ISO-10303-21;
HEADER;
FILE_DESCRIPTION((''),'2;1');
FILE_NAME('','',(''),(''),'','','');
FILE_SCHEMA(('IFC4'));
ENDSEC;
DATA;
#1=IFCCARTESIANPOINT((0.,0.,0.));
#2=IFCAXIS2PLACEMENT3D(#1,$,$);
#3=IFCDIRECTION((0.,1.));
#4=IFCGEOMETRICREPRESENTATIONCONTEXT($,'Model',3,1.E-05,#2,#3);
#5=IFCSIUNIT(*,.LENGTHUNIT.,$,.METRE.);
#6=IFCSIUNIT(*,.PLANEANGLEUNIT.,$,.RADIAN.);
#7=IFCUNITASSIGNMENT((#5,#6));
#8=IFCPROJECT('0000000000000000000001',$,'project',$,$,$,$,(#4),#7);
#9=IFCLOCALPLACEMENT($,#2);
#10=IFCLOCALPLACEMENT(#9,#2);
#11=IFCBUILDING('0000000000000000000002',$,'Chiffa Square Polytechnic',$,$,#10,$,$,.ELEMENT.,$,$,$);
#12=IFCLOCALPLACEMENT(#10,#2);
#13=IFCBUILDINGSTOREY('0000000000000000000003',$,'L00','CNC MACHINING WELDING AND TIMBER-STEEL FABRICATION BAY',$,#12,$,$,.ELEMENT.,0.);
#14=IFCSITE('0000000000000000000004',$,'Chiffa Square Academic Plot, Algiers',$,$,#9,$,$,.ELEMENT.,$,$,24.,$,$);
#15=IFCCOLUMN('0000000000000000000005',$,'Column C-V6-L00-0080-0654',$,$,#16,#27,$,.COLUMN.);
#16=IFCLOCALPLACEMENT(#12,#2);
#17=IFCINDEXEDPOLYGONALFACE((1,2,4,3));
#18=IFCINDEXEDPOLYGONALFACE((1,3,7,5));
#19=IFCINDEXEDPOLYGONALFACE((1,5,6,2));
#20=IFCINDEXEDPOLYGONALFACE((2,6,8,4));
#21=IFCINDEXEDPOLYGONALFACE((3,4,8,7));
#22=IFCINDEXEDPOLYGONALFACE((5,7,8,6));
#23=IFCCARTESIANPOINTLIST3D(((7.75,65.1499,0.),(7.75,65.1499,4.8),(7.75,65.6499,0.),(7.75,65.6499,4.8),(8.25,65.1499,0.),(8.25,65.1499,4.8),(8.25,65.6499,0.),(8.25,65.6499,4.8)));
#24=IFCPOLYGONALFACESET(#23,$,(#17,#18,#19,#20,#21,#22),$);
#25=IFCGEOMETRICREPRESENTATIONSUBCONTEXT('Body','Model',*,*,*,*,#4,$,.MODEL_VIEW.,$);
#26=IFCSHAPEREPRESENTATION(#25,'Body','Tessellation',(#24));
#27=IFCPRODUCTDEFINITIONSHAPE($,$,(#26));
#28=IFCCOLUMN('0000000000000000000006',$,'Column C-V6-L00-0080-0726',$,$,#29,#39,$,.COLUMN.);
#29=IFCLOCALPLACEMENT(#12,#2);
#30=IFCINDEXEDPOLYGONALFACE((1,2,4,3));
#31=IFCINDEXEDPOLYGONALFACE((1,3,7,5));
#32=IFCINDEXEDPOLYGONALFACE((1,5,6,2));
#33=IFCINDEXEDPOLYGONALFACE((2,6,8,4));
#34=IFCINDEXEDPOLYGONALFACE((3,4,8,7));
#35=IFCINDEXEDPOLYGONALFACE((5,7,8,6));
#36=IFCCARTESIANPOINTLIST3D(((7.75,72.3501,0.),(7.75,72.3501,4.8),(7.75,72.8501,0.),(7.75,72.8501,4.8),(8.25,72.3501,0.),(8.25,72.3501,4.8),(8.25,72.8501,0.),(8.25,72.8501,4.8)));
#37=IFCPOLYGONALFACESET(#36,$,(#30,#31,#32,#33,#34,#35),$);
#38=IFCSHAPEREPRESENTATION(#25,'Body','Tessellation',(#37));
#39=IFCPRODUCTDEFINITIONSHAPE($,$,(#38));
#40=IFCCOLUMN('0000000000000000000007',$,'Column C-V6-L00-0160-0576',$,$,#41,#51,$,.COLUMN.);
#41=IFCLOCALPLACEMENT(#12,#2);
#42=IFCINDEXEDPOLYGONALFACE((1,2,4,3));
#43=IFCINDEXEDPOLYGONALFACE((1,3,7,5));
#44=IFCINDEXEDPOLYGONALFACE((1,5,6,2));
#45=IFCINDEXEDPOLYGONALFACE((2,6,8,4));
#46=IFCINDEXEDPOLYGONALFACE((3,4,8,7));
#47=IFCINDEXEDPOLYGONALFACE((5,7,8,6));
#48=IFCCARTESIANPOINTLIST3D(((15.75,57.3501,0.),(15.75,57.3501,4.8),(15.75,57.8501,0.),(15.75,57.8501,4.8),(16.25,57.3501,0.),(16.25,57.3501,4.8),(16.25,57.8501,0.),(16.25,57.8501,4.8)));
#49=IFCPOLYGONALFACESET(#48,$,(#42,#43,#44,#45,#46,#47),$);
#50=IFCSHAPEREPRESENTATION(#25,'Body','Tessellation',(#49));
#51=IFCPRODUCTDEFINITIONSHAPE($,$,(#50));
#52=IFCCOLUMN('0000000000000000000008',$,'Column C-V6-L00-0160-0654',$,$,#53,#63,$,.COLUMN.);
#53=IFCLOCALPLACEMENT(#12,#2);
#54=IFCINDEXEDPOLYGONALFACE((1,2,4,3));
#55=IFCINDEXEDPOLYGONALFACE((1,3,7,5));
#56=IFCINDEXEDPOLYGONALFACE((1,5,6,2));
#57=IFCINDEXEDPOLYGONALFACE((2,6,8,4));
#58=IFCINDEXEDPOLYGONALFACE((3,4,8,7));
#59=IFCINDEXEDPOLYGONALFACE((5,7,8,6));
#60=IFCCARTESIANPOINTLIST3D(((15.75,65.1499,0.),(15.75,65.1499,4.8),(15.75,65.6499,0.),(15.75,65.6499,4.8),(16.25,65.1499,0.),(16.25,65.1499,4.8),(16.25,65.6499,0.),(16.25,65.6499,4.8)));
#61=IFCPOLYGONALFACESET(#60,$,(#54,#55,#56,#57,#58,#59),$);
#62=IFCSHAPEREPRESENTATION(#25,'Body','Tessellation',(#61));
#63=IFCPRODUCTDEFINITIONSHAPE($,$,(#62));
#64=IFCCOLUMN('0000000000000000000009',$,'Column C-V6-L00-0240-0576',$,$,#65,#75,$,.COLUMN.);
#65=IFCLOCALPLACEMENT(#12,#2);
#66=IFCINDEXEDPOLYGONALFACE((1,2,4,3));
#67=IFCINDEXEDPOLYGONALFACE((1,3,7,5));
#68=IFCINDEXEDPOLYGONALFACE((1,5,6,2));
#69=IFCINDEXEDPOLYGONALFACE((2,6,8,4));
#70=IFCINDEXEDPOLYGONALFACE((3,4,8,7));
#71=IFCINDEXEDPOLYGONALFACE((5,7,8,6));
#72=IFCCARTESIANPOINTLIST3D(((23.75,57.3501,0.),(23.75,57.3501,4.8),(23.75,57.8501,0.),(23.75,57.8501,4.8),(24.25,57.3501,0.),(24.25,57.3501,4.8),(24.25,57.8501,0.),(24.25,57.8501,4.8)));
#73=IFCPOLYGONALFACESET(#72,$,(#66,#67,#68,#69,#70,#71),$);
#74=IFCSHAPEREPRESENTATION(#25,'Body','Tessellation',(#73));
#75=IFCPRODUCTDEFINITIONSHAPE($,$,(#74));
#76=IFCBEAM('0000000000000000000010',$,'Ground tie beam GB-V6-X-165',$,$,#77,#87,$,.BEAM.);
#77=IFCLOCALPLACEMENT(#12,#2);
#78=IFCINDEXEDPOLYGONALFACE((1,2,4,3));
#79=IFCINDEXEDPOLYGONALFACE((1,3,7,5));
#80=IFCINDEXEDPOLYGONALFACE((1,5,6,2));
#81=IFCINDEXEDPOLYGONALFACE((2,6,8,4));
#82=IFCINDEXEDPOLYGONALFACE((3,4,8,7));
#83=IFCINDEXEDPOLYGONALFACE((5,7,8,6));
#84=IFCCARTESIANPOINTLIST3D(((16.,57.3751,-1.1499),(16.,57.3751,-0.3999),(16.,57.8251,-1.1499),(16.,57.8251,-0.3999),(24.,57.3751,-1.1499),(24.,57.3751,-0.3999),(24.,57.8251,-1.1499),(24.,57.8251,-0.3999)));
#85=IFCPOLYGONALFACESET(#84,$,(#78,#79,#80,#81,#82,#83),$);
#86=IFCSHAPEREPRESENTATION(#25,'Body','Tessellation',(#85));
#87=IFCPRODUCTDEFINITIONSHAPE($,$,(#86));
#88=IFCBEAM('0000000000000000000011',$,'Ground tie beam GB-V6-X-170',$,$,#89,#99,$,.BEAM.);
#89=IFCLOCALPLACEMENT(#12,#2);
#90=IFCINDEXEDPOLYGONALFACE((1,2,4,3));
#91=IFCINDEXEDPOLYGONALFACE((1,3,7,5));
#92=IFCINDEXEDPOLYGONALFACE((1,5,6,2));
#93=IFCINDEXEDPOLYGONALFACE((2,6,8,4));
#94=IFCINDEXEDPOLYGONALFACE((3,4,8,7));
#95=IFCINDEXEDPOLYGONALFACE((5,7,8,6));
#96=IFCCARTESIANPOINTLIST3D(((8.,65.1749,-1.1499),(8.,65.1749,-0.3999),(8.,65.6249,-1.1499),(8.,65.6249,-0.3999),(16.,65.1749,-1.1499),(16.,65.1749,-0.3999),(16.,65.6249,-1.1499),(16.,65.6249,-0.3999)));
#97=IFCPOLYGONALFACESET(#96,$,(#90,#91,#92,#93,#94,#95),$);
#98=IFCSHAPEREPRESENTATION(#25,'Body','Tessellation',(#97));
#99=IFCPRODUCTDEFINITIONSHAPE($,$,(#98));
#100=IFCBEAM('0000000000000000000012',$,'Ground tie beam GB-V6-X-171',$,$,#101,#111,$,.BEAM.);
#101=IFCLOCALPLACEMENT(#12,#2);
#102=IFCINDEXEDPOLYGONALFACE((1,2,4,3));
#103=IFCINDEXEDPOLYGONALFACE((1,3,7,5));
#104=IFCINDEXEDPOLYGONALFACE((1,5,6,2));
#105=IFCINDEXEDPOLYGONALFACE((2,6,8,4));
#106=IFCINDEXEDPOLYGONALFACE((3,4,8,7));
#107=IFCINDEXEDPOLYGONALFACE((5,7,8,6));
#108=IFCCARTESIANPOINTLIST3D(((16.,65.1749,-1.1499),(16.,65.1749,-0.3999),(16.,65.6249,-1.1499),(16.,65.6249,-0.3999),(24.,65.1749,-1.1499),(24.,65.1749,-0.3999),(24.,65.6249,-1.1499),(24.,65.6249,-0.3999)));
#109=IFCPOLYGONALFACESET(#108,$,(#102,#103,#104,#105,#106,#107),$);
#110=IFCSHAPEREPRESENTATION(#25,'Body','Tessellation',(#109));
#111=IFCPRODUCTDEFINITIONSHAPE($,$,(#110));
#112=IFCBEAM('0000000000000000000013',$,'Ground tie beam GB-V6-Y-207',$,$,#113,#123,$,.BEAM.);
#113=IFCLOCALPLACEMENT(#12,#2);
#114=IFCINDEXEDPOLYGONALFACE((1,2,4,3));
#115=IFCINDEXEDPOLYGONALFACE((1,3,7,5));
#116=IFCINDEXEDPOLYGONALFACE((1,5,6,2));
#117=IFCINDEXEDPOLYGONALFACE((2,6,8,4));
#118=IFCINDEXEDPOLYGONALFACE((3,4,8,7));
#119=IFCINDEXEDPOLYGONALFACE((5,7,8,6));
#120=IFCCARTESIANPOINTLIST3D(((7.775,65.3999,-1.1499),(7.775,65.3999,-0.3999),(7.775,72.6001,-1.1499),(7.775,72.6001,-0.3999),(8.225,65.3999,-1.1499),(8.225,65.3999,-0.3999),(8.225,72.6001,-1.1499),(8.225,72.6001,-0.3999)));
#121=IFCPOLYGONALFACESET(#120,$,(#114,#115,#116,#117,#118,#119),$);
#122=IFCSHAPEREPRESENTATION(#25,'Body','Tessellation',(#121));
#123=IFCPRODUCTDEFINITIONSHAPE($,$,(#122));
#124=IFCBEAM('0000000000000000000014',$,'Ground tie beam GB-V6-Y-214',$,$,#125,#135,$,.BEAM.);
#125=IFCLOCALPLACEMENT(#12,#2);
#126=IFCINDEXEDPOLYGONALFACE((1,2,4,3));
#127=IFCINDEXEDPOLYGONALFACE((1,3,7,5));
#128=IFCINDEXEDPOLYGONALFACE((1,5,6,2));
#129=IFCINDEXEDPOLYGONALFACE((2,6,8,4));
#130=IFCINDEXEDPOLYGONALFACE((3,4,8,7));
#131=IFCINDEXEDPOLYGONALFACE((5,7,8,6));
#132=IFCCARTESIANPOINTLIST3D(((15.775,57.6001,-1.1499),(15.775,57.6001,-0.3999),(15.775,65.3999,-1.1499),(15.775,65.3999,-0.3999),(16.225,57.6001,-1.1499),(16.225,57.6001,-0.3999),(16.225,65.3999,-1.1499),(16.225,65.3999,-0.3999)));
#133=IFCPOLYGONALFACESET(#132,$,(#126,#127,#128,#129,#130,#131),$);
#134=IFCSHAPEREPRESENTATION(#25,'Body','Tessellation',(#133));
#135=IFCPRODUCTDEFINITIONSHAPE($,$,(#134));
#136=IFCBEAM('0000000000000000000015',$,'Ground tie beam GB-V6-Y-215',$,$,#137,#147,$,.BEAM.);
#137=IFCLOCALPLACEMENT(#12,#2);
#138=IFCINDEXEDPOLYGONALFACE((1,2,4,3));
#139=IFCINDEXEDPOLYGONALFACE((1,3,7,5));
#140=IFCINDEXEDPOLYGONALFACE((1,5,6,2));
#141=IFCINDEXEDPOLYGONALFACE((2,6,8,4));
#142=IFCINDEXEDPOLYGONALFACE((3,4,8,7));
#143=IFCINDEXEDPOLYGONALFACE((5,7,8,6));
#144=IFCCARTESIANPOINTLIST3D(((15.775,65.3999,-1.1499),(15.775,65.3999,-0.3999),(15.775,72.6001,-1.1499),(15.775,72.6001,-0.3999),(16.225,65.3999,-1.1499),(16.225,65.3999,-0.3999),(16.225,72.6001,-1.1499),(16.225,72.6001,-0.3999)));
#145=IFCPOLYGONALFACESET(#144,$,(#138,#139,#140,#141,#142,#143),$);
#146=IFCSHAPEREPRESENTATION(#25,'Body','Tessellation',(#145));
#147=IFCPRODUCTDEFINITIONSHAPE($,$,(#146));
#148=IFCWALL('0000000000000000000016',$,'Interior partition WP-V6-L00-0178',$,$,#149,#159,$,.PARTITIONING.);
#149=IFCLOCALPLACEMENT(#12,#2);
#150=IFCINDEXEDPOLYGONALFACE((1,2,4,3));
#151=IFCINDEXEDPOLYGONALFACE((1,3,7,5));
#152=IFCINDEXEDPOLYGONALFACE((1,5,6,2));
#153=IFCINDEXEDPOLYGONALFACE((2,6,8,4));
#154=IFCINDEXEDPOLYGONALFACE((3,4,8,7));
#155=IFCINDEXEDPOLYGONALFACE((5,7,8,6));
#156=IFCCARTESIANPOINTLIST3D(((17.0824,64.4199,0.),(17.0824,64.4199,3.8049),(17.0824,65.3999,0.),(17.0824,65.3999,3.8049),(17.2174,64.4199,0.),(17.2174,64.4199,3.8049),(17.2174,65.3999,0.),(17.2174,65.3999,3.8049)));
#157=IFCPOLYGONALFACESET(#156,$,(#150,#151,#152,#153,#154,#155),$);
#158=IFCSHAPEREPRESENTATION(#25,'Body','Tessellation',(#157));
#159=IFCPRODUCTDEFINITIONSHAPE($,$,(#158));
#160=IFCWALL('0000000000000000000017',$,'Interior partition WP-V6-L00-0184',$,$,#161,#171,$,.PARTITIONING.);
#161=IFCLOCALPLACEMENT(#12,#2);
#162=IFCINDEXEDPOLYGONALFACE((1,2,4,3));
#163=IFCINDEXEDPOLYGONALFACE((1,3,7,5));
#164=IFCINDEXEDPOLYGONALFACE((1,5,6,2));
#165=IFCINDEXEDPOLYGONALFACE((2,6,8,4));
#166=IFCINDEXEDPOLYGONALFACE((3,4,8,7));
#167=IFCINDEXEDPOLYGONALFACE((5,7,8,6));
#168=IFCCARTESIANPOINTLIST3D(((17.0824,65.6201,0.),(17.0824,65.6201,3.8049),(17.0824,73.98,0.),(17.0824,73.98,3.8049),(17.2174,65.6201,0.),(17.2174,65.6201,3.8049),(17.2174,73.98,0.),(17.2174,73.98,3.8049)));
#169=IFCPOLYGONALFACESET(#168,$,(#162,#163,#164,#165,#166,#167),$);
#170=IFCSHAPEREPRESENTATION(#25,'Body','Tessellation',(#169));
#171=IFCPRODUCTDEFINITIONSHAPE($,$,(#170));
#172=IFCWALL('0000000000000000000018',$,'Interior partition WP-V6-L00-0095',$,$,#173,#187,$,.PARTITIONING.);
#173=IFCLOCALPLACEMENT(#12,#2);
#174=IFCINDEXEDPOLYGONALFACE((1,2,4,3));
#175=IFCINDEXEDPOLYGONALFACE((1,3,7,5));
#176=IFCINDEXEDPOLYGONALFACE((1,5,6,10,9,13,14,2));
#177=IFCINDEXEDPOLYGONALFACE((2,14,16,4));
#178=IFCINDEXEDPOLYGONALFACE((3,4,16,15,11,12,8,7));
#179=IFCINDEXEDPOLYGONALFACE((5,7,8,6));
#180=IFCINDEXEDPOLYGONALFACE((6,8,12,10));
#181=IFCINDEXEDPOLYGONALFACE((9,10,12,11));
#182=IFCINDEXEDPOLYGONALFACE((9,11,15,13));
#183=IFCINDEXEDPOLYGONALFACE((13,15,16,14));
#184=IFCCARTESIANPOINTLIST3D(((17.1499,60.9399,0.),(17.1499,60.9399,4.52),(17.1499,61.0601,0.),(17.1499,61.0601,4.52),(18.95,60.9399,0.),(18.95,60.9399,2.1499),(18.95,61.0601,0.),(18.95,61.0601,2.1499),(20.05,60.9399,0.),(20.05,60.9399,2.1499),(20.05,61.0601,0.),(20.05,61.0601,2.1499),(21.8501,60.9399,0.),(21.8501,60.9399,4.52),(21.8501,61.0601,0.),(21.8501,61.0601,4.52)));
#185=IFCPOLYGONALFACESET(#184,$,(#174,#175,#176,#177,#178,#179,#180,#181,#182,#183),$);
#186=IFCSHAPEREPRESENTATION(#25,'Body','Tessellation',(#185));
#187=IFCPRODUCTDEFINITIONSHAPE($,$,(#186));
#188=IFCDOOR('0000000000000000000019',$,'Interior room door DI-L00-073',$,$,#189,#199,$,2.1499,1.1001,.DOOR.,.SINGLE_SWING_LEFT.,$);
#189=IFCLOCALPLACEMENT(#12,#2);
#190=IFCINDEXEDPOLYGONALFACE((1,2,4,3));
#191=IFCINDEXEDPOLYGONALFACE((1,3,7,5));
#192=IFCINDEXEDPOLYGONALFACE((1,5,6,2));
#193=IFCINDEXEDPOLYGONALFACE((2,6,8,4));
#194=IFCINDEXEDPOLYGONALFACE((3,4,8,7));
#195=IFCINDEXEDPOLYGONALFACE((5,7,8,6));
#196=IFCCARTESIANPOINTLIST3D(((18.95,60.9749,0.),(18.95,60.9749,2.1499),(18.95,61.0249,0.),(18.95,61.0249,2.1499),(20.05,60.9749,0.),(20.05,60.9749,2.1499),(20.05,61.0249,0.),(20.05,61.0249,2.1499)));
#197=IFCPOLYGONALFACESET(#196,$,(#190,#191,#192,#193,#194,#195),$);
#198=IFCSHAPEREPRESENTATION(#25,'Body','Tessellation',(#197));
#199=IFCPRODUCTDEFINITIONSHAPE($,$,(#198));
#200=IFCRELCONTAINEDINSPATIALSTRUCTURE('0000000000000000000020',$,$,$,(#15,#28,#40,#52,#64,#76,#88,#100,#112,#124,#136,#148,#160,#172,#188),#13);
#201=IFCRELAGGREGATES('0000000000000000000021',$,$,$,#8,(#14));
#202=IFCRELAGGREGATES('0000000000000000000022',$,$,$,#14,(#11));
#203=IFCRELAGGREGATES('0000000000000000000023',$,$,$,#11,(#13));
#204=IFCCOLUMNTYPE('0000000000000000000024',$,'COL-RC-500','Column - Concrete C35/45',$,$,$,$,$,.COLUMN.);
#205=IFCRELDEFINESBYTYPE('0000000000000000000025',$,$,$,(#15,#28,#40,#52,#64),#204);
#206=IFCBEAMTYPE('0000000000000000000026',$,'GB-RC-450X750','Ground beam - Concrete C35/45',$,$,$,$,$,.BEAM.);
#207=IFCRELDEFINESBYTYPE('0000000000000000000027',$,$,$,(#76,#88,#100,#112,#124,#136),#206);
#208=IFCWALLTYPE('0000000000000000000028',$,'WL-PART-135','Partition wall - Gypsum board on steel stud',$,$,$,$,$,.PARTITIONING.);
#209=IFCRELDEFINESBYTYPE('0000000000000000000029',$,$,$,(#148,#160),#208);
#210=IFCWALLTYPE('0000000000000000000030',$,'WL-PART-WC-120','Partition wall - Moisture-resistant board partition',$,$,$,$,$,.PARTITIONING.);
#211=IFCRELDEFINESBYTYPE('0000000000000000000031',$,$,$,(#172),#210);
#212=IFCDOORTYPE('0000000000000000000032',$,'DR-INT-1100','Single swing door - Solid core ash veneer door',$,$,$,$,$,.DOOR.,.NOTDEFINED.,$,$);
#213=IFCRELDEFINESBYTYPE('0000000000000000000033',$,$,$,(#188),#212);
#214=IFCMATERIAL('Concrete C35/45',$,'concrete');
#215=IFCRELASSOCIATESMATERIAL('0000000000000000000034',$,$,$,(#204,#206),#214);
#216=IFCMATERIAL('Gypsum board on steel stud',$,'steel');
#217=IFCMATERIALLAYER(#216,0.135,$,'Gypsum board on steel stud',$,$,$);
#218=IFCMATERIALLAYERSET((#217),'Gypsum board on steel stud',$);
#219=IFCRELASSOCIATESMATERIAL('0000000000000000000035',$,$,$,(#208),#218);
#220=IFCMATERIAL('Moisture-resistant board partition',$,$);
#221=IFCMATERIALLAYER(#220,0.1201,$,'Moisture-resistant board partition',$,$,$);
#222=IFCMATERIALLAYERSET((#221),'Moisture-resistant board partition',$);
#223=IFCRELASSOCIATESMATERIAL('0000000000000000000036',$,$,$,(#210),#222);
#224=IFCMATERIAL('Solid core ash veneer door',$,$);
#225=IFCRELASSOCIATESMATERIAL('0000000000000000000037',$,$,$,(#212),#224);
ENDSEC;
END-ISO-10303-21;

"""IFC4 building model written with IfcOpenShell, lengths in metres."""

from ifc_helpers import new_model, si_unit, direction, frame, frame_2d, origin, origin_2d, place, context, subcontext, project, spatial, rectangle, extrude, material, layer, layer_set, material_profile, profile_set, type_object, element, fill, save


model = new_model("IFC4")

# Units and contexts
model_context = context("Model", 3, precision=1e-05, world=origin(), true_north=direction((0.0, 1.0)))
body_context = subcontext(model_context, "Body", "Model", "MODEL_VIEW")
ifc_project = project(units=[si_unit("LENGTHUNIT", "METRE"), si_unit("PLANEANGLEUNIT", "RADIAN")], contexts=[model_context])

# Site, building, storey
site_placement = place(None, origin())
site = spatial("IfcSite", under=ifc_project, at=site_placement, Name="Chiffa Square Academic Plot, Algiers", CompositionType="ELEMENT", RefElevation=24.0)
building_placement = place(site_placement, origin())
building = spatial("IfcBuilding", under=site, at=building_placement, Name="Chiffa Square Polytechnic", CompositionType="ELEMENT")
storey_placement = place(building_placement, origin())
storey = spatial("IfcBuildingStorey", under=building, at=storey_placement, Name="L00", Description="CNC MACHINING WELDING AND TIMBER-STEEL FABRICATION BAY", CompositionType="ELEMENT", Elevation=0.0)

# Columns
ifc_material_1 = material(Name="Concrete C35/45", Category="concrete")
ifc_material_profile_1 = material_profile(ifc_material_1, rectangle(XDim=0.5, YDim=0.5, at=origin_2d()), Name="RC 500x500")
ifc_profile_set_1 = profile_set([ifc_material_profile_1], Name="Concrete C35/45")
column_type = type_object("IfcColumnType", Name="COL-RC-500", Description="Column - Concrete C35/45", PredefinedType="COLUMN", material=ifc_profile_set_1)
for number, where, z_axis, x_axis, name in (
    (1, (8.0, 65.3999, 0.0), (0.0, 0.0, 1.0), (1.0, 0.0, 0.0), "Column C-V6-L00-0080-0654"),
    (2, (8.0, 72.6001, 0.0), (0.0, 0.0, 1.0), (1.0, 0.0, 0.0), "Column C-V6-L00-0080-0726"),
    (3, (16.0, 57.6001, 0.0), (0.0, 0.0, 1.0), (1.0, 0.0, 0.0), "Column C-V6-L00-0160-0576"),
    (4, (16.0, 65.3999, 0.0), (0.0, 0.0, 1.0), (1.0, 0.0, 0.0), "Column C-V6-L00-0160-0654"),
    (5, (24.0, 57.6001, 0.0), (0.0, 0.0, 1.0), (1.0, 0.0, 0.0), "Column C-V6-L00-0240-0576"),
):
    element("IfcColumn", number, at=place(storey_placement, frame(where, z_axis=z_axis, x_axis=x_axis)), inside=storey, type_object=column_type, Name=name, PredefinedType="COLUMN", context=body_context, shape_type="SweptSolid", body=[
        extrude(rectangle(XDim=0.5, YDim=0.5, at=origin_2d()), origin(), (0.0, 0.0, 1.0), 4.8),
    ])

# Beams
ifc_material_profile_2 = material_profile(ifc_material_1, rectangle(XDim=0.45, YDim=0.75, at=origin_2d()), Name="RC 450x750")
ifc_profile_set_2 = profile_set([ifc_material_profile_2], Name="Concrete C35/45")
beam_type = type_object("IfcBeamType", Name="GB-RC-450X750", Description="Ground beam - Concrete C35/45", PredefinedType="BEAM", material=ifc_profile_set_2)
for number, where, z_axis, x_axis, name in (
    (6, (16.0, 57.6001, -0.7749), (1.0, 0.0, 0.0), (0.0, 1.0, 0.0), "Ground tie beam GB-V6-X-165"),
    (7, (8.0, 65.3999, -0.7749), (1.0, 0.0, 0.0), (0.0, 1.0, 0.0), "Ground tie beam GB-V6-X-170"),
    (8, (16.0, 65.3999, -0.7749), (1.0, 0.0, 0.0), (0.0, 1.0, 0.0), "Ground tie beam GB-V6-X-171"),
):
    element("IfcBeam", number, at=place(storey_placement, frame(where, z_axis=z_axis, x_axis=x_axis)), inside=storey, type_object=beam_type, Name=name, PredefinedType="BEAM", context=body_context, shape_type="SweptSolid", body=[
        extrude(rectangle(XDim=0.45, YDim=0.75, at=origin_2d()), origin(), (0.0, 0.0, 1.0), 8.0),
    ])
beam_1_placement = place(storey_placement, frame((8.0, 65.3999, -0.7749), z_axis=(0.0, 1.0, 0.0), x_axis=(-1.0, 0.0, 0.0)))
element("IfcBeam", 9, at=beam_1_placement, inside=storey, type_object=beam_type, Name="Ground tie beam GB-V6-Y-207", PredefinedType="BEAM", context=body_context, shape_type="SweptSolid", body=[
    extrude(rectangle(XDim=0.45, YDim=0.75, at=origin_2d()), origin(), (0.0, 0.0, 1.0), 7.2002),
])
beam_2_placement = place(storey_placement, frame((16.0, 57.6001, -0.7749), z_axis=(0.0, 1.0, 0.0), x_axis=(-1.0, 0.0, 0.0)))
element("IfcBeam", 10, at=beam_2_placement, inside=storey, type_object=beam_type, Name="Ground tie beam GB-V6-Y-214", PredefinedType="BEAM", context=body_context, shape_type="SweptSolid", body=[
    extrude(rectangle(XDim=0.45, YDim=0.75, at=origin_2d()), origin(), (0.0, 0.0, 1.0), 7.7998),
])
beam_3_placement = place(storey_placement, frame((16.0, 65.3999, -0.7749), z_axis=(0.0, 1.0, 0.0), x_axis=(-1.0, 0.0, 0.0)))
element("IfcBeam", 11, at=beam_3_placement, inside=storey, type_object=beam_type, Name="Ground tie beam GB-V6-Y-215", PredefinedType="BEAM", context=body_context, shape_type="SweptSolid", body=[
    extrude(rectangle(XDim=0.45, YDim=0.75, at=origin_2d()), origin(), (0.0, 0.0, 1.0), 7.2002),
])

# Walls
ifc_material_2 = material(Name="Gypsum board on steel stud", Category="steel")
ifc_layer_1 = layer(ifc_material_2, 0.135, Name="Gypsum board on steel stud")
ifc_layer_set_1 = layer_set([ifc_layer_1], Name="Gypsum board on steel stud")
wall_type_1 = type_object("IfcWallType", Name="WL-PART-135", Description="Partition wall - Gypsum board on steel stud", PredefinedType="PARTITIONING", material=ifc_layer_set_1)
wall_1_placement = place(storey_placement, frame((17.1499, 64.4199, 0.0), z_axis=(0.0, 0.0, 1.0), x_axis=(0.0, 1.0, 0.0)))
element("IfcWall", 12, at=wall_1_placement, inside=storey, type_object=wall_type_1, Name="Interior partition WP-V6-L00-0178", PredefinedType="PARTITIONING", context=body_context, shape_type="SweptSolid", body=[
    extrude(rectangle(XDim=0.98, YDim=0.135, at=frame_2d((0.49, 0.0))), origin(), (0.0, 0.0, 1.0), 3.8049),
])
wall_2_placement = place(storey_placement, frame((17.1499, 65.6201, 0.0), z_axis=(0.0, 0.0, 1.0), x_axis=(0.0, 1.0, 0.0)))
element("IfcWall", 13, at=wall_2_placement, inside=storey, type_object=wall_type_1, Name="Interior partition WP-V6-L00-0184", PredefinedType="PARTITIONING", context=body_context, shape_type="SweptSolid", body=[
    extrude(rectangle(XDim=8.3599, YDim=0.135, at=frame_2d((4.1799, 0.0))), origin(), (0.0, 0.0, 1.0), 3.8049),
])

# Wall, opening, door
ifc_material_3 = material(Name="Moisture-resistant board partition")
ifc_layer_2 = layer(ifc_material_3, 0.1201, Name="Moisture-resistant board partition")
ifc_layer_set_2 = layer_set([ifc_layer_2], Name="Moisture-resistant board partition")
wall_type_2 = type_object("IfcWallType", Name="WL-PART-WC-120", Description="Partition wall - Moisture-resistant board partition", PredefinedType="PARTITIONING", material=ifc_layer_set_2)
wall_3_placement = place(storey_placement, frame((17.1499, 61.0, 0.0), z_axis=(0.0, 0.0, 1.0), x_axis=(1.0, 0.0, 0.0)))
wall_3 = element("IfcWall", 14, at=wall_3_placement, inside=storey, type_object=wall_type_2, Name="Interior partition WP-V6-L00-0095", PredefinedType="PARTITIONING", context=body_context, shape_type="SweptSolid", body=[
    extrude(rectangle(XDim=4.7002, YDim=0.1201, at=frame_2d((2.3501, 0.0))), origin(), (0.0, 0.0, 1.0), 4.52),
])
opening_1_placement = place(wall_3_placement, frame((1.8, 0.0, 0.0)))
opening_1 = element("IfcOpeningElement", 15, at=opening_1_placement, cuts=wall_3, PredefinedType="OPENING", context=body_context, shape_type="SweptSolid", body=[
    extrude(rectangle(XDim=1.1001, YDim=2.1499, at=frame_2d((0.55, 1.075))), frame((0.0, 0.0701, 0.0), z_axis=(0.0, -1.0, 0.0), x_axis=(1.0, 0.0, 0.0)), (0.0, 0.0, 1.0), 0.1401),
])
ifc_material_4 = material(Name="Solid core ash veneer door")
door_type_1 = type_object("IfcDoorType", Name="DR-INT-1100", Description="Single swing door - Solid core ash veneer door", OperationType="NOTDEFINED", PredefinedType="DOOR", material=ifc_material_4)
door_1_placement = place(opening_1_placement, origin())
door_1 = element("IfcDoor", 16, at=door_1_placement, inside=storey, type_object=door_type_1, Name="Interior room door DI-L00-073", OperationType="SINGLE_SWING_LEFT", OverallHeight=2.1499, OverallWidth=1.1001, PredefinedType="DOOR", context=body_context, shape_type="SweptSolid", body=[
    extrude(rectangle(XDim=1.1001, YDim=2.1499, at=frame_2d((0.55, 1.075))), frame((0.0, 0.0249, 0.0), z_axis=(0.0, -1.0, 0.0), x_axis=(1.0, 0.0, 0.0)), (0.0, 0.0, 1.0), 0.05),
])
fill(opening_1, door_1)

save(model, "model.ifc")
